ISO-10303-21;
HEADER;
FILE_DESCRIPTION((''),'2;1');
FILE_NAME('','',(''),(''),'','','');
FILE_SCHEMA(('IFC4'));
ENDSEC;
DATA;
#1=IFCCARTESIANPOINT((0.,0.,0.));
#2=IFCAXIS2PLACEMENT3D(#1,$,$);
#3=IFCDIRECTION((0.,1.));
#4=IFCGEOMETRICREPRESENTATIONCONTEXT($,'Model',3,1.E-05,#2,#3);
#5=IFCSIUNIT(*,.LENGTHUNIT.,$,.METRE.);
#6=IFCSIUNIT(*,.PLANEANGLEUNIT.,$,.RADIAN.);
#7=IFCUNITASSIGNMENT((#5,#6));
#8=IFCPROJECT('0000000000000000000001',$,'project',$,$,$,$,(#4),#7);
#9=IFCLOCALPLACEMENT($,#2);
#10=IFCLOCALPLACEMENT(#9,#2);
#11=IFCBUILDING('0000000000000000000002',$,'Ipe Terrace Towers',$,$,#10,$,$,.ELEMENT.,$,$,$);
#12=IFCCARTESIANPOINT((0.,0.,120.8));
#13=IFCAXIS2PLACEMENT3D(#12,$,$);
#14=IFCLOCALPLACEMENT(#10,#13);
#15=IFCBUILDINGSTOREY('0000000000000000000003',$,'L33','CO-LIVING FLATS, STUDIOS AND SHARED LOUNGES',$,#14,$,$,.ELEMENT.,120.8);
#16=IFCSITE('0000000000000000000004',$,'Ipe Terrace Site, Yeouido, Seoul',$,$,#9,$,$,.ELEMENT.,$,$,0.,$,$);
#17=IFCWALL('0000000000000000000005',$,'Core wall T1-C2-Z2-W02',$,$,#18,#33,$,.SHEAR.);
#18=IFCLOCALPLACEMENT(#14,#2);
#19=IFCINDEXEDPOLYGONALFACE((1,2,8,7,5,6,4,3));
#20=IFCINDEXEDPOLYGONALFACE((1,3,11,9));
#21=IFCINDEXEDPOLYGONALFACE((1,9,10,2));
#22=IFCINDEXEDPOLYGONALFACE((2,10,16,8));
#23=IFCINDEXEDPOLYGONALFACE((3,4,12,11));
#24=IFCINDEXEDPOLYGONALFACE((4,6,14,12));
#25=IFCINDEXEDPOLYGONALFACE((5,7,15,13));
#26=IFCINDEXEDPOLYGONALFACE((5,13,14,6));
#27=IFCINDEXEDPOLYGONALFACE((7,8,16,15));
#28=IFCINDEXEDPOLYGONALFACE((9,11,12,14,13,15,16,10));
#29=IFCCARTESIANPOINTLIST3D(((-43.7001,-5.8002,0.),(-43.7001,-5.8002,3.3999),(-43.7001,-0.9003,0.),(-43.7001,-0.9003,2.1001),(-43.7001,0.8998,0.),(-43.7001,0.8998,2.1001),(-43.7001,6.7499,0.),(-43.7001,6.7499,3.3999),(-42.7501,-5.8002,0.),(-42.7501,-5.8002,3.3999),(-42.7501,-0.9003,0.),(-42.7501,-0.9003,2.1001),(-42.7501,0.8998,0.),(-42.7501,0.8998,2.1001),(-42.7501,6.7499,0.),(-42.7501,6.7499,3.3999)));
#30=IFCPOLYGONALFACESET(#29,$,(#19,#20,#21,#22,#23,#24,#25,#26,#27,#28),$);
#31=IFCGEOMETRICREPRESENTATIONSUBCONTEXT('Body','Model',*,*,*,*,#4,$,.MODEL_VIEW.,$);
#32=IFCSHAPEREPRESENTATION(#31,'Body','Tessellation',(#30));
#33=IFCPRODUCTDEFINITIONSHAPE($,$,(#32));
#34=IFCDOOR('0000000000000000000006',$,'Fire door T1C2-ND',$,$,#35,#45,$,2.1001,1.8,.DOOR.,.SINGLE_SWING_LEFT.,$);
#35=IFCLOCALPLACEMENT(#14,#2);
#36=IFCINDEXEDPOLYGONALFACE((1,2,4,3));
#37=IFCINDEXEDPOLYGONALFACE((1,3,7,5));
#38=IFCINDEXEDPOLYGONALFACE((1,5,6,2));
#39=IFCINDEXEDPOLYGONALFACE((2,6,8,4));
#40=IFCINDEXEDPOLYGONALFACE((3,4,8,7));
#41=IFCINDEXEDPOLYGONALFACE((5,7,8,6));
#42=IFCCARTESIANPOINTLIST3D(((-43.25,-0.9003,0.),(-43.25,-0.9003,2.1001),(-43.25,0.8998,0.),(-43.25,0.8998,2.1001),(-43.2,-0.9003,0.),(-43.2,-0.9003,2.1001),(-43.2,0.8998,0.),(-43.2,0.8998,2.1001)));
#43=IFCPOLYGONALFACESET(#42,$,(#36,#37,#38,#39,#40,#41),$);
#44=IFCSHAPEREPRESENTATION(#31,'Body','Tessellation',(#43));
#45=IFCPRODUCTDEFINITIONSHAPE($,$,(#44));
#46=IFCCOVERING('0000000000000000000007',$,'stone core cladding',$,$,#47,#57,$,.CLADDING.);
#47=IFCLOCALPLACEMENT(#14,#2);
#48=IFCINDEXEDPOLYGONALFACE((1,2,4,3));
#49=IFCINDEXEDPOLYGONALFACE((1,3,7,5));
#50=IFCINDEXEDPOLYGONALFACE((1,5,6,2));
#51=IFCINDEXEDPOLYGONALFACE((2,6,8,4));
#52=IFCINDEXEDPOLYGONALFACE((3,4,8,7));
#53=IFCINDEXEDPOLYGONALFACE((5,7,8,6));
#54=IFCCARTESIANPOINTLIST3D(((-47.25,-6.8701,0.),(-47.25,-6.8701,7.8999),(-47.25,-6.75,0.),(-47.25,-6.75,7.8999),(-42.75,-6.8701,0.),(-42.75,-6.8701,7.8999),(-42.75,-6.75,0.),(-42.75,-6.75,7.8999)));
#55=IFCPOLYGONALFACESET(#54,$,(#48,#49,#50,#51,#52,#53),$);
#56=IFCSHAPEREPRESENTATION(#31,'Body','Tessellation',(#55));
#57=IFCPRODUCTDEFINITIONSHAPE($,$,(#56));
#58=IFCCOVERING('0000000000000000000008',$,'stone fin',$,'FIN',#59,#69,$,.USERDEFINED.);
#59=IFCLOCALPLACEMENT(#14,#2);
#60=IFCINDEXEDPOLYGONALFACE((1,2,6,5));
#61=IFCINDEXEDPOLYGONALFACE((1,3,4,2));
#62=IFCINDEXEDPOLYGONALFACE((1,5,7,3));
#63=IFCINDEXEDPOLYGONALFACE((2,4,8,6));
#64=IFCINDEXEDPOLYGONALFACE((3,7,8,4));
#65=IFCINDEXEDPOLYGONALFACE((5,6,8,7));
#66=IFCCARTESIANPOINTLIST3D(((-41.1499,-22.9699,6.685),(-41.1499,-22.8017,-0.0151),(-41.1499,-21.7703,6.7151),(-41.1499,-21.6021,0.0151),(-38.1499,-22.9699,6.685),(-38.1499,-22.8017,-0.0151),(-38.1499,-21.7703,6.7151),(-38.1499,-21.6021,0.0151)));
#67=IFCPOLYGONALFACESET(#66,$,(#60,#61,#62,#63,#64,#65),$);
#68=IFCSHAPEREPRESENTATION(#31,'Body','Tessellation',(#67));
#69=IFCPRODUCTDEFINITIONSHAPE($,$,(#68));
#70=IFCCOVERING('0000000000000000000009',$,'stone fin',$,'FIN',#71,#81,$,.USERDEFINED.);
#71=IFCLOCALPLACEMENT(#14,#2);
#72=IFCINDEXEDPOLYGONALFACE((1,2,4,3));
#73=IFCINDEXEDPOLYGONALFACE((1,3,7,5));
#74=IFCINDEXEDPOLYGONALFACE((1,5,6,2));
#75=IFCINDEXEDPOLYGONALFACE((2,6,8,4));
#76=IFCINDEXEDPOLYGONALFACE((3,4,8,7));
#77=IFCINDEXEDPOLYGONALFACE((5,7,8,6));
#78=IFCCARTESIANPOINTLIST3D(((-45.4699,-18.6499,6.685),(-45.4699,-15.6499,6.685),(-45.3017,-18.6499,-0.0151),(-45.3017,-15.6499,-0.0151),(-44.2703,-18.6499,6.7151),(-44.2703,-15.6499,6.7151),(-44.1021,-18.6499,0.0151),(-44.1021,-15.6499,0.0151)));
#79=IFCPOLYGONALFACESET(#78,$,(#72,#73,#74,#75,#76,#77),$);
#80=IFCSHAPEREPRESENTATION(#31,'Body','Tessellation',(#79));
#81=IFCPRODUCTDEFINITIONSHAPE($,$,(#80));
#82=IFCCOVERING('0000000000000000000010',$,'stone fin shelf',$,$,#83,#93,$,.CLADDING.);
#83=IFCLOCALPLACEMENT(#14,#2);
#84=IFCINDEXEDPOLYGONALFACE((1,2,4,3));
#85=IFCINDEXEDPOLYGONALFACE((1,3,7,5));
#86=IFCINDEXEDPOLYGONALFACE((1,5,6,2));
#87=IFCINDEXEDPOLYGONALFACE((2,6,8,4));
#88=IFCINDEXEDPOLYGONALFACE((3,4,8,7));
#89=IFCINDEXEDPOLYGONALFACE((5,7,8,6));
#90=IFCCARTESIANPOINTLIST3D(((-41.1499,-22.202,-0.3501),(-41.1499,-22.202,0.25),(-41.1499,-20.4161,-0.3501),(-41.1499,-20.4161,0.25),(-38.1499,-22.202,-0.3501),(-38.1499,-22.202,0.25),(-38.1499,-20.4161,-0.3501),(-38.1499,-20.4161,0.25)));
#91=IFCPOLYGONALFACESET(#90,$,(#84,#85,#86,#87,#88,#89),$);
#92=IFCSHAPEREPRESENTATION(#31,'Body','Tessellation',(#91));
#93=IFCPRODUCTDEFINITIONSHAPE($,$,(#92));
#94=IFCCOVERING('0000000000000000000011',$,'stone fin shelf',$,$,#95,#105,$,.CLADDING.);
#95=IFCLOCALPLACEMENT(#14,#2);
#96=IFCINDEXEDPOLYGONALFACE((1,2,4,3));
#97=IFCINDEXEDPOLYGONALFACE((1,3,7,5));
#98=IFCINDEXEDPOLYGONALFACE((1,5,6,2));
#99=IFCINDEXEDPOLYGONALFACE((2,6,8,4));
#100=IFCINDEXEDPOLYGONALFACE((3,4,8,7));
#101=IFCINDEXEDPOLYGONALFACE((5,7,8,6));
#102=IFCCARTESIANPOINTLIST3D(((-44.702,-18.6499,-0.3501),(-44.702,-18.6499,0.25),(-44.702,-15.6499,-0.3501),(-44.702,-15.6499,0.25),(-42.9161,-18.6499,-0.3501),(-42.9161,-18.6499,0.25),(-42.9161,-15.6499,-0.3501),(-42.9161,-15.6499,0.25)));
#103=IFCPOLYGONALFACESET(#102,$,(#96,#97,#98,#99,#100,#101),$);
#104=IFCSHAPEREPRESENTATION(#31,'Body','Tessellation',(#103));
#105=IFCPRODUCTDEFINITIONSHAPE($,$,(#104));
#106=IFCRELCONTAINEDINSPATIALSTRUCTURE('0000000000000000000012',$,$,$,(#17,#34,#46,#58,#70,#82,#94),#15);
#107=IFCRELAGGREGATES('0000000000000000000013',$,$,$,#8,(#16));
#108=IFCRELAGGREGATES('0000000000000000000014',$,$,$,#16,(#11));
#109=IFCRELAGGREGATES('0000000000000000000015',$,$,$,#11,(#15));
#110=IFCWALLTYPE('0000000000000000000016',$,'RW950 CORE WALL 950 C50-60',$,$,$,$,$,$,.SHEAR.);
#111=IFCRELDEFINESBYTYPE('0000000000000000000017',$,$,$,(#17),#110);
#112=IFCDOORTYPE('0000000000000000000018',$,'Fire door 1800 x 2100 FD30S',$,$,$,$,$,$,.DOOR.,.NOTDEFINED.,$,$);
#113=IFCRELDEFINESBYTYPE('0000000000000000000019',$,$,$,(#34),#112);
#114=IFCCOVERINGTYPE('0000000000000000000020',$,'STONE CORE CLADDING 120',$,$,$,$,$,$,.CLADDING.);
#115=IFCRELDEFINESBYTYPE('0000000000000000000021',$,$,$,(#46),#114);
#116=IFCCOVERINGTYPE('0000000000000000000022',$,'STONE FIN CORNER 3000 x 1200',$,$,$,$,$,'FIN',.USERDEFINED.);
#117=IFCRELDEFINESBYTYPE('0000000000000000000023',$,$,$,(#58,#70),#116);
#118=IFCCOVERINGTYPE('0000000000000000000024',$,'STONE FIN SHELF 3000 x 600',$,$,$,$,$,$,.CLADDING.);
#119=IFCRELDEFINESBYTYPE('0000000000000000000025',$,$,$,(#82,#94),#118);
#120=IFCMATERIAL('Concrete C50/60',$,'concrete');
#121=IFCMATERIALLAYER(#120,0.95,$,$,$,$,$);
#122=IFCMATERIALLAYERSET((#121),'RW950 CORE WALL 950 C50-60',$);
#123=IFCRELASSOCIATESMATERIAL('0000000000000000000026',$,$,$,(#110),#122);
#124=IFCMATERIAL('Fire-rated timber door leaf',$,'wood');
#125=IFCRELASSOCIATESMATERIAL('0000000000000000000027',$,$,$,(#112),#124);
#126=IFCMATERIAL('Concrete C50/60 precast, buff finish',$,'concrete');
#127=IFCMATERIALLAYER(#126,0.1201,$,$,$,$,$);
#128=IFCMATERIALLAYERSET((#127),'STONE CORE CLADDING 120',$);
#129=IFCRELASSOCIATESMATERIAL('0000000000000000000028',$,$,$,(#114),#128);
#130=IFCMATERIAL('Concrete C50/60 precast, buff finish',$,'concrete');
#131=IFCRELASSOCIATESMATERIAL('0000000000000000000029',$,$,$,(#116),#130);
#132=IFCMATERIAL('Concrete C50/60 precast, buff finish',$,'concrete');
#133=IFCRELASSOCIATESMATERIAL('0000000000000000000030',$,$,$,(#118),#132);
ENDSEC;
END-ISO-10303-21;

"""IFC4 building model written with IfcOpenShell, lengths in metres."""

from ifc_helpers import new_model, si_unit, direction, frame, frame_2d, origin, origin_2d, place, context, subcontext, project, spatial, rectangle, extrude, material, layer, layer_set, material_profile, profile_set, type_object, element, fill, save


model = new_model("IFC4")

# Units and contexts
model_context = context("Model", 3, precision=1e-05, world=origin(), true_north=direction((0.0, 1.0)))
body_context = subcontext(model_context, "Body", "Model", "MODEL_VIEW")
ifc_project = project(units=[si_unit("LENGTHUNIT", "METRE"), si_unit("PLANEANGLEUNIT", "RADIAN")], contexts=[model_context])

# Site, building, storey
site_placement = place(None, origin())
site = spatial("IfcSite", under=ifc_project, at=site_placement, Name="Ipe Terrace Site, Yeouido, Seoul", CompositionType="ELEMENT", RefElevation=0.0)
building_placement = place(site_placement, origin())
building = spatial("IfcBuilding", under=site, at=building_placement, Name="Ipe Terrace Towers", CompositionType="ELEMENT")
storey_placement = place(building_placement, frame((0.0, 0.0, 120.8)))
storey = spatial("IfcBuildingStorey", under=building, at=storey_placement, Name="L33", Description="CO-LIVING FLATS, STUDIOS AND SHARED LOUNGES", CompositionType="ELEMENT", Elevation=120.8)

# Wall, opening, door
ifc_material_1 = material(Name="Concrete C50/60", Category="concrete")
ifc_layer_1 = layer(ifc_material_1, 0.95)
ifc_layer_set_1 = layer_set([ifc_layer_1], Name="RW950 CORE WALL 950 C50-60")
wall_type_1 = type_object("IfcWallType", Name="RW950 CORE WALL 950 C50-60", PredefinedType="SHEAR", material=ifc_layer_set_1)
wall_1_placement = place(storey_placement, frame((-43.2251, -5.8, 0.0), z_axis=(0.0, 0.0, 1.0), x_axis=(0.0, 1.0, 0.0)))
wall_1 = element("IfcWall", 1, at=wall_1_placement, inside=storey, type_object=wall_type_1, Name="Core wall T1-C2-Z2-W02", PredefinedType="SHEAR", context=body_context, shape_type="SweptSolid", body=[
    extrude(rectangle(XDim=12.55, YDim=0.95, at=frame_2d((6.2749, 0.0))), origin(), (0.0, 0.0, 1.0), 3.3999),
])
opening_1_placement = place(wall_1_placement, frame((4.8999, 0.0, 0.0)))
opening_1 = element("IfcOpeningElement", 2, at=opening_1_placement, cuts=wall_1, PredefinedType="OPENING", context=body_context, shape_type="SweptSolid", body=[
    extrude(rectangle(XDim=1.8, YDim=2.1001, at=frame_2d((0.8999, 1.05))), frame((0.0, 0.4849, 0.0), z_axis=(0.0, -1.0, 0.0), x_axis=(1.0, 0.0, 0.0)), (0.0, 0.0, 1.0), 0.97),
])
ifc_material_2 = material(Name="Fire-rated timber door leaf", Category="wood")
door_type_1 = type_object("IfcDoorType", Name="Fire door 1800 x 2100 FD30S", OperationType="NOTDEFINED", PredefinedType="DOOR", material=ifc_material_2)
door_1_placement = place(opening_1_placement, origin())
door_1 = element("IfcDoor", 3, at=door_1_placement, inside=storey, type_object=door_type_1, Name="Fire door T1C2-ND", OperationType="SINGLE_SWING_LEFT", OverallHeight=2.1001, OverallWidth=1.8, PredefinedType="DOOR", context=body_context, shape_type="SweptSolid", body=[
    extrude(rectangle(XDim=1.8, YDim=2.1001, at=frame_2d((0.8999, 1.05))), frame((0.0, 0.0249, 0.0), z_axis=(0.0, -1.0, 0.0), x_axis=(1.0, 0.0, 0.0)), (0.0, 0.0, 1.0), 0.05),
])
fill(opening_1, door_1)

# Coverings
ifc_material_3 = material(Name="Concrete C50/60 precast, buff finish", Category="concrete")
ifc_layer_2 = layer(ifc_material_3, 0.1201)
ifc_layer_set_2 = layer_set([ifc_layer_2], Name="STONE CORE CLADDING 120")
covering_type_1 = type_object("IfcCoveringType", Name="STONE CORE CLADDING 120", PredefinedType="CLADDING", material=ifc_layer_set_2)
covering_placement = place(storey_placement, frame((-45.0, -6.8101, 0.0), z_axis=(0.0, 0.0, 1.0), x_axis=(1.0, 0.0, 0.0)))
element("IfcCovering", 4, at=covering_placement, inside=storey, type_object=covering_type_1, Name="stone core cladding", PredefinedType="CLADDING", context=body_context, shape_type="SweptSolid", body=[
    extrude(rectangle(XDim=4.5, YDim=0.1201, at=origin_2d()), origin(), (0.0, 0.0, 1.0), 7.8999),
])
ifc_material_4 = material(Name="Concrete C50/60 precast, buff finish", Category="concrete")
ifc_material_profile_1 = material_profile(ifc_material_4, rectangle(XDim=3.0, YDim=1.2, at=origin_2d()), Name="STONE FIN CORNER 3000 x 1200")
ifc_profile_set_1 = profile_set([ifc_material_profile_1], Name="Concrete C50/60 precast, buff finish")
covering_type_2 = type_object("IfcCoveringType", Name="STONE FIN CORNER 3000 x 1200", ElementType="FIN", PredefinedType="USERDEFINED", material=ifc_profile_set_1)
for number, where, z_axis, x_axis, name in (
    (5, (-39.6499, -22.2019, 0.0), (0.0, -0.025099, 0.999685), (1.0, 0.0, 0.0), "stone fin"),
    (6, (-44.7019, -17.1499, 0.0), (-0.025099, 0.0, 0.999685), (0.0, -1.0, 0.0), "stone fin"),
):
    element("IfcCovering", number, at=place(storey_placement, frame(where, z_axis=z_axis, x_axis=x_axis)), inside=storey, type_object=covering_type_2, Name=name, ObjectType="FIN", PredefinedType="USERDEFINED", context=body_context, shape_type="SweptSolid", body=[
        extrude(rectangle(XDim=3.0, YDim=1.2, at=origin_2d()), origin(), (0.0, 0.0, 1.0), 6.7021),
    ])
ifc_material_5 = material(Name="Concrete C50/60 precast, buff finish", Category="concrete")
covering_type_3 = type_object("IfcCoveringType", Name="STONE FIN SHELF 3000 x 600", PredefinedType="CLADDING", material=ifc_material_5)
for number, where, z_axis, x_axis, name in (
    (7, (-39.6499, -21.3091, -0.3501), (0.0, 0.0, 1.0), (1.0, 0.0, 0.0), "stone fin shelf"),
    (8, (-43.8091, -17.1499, -0.3501), (0.0, 0.0, 1.0), (0.0, -1.0, 0.0), "stone fin shelf"),
):
    element("IfcCovering", number, at=place(storey_placement, frame(where, z_axis=z_axis, x_axis=x_axis)), inside=storey, type_object=covering_type_3, Name=name, PredefinedType="CLADDING", context=body_context, shape_type="SweptSolid", body=[
        extrude(rectangle(XDim=3.0, YDim=1.7859, at=origin_2d()), origin(), (0.0, 0.0, 1.0), 0.6001),
    ])

save(model, "model.ifc")
